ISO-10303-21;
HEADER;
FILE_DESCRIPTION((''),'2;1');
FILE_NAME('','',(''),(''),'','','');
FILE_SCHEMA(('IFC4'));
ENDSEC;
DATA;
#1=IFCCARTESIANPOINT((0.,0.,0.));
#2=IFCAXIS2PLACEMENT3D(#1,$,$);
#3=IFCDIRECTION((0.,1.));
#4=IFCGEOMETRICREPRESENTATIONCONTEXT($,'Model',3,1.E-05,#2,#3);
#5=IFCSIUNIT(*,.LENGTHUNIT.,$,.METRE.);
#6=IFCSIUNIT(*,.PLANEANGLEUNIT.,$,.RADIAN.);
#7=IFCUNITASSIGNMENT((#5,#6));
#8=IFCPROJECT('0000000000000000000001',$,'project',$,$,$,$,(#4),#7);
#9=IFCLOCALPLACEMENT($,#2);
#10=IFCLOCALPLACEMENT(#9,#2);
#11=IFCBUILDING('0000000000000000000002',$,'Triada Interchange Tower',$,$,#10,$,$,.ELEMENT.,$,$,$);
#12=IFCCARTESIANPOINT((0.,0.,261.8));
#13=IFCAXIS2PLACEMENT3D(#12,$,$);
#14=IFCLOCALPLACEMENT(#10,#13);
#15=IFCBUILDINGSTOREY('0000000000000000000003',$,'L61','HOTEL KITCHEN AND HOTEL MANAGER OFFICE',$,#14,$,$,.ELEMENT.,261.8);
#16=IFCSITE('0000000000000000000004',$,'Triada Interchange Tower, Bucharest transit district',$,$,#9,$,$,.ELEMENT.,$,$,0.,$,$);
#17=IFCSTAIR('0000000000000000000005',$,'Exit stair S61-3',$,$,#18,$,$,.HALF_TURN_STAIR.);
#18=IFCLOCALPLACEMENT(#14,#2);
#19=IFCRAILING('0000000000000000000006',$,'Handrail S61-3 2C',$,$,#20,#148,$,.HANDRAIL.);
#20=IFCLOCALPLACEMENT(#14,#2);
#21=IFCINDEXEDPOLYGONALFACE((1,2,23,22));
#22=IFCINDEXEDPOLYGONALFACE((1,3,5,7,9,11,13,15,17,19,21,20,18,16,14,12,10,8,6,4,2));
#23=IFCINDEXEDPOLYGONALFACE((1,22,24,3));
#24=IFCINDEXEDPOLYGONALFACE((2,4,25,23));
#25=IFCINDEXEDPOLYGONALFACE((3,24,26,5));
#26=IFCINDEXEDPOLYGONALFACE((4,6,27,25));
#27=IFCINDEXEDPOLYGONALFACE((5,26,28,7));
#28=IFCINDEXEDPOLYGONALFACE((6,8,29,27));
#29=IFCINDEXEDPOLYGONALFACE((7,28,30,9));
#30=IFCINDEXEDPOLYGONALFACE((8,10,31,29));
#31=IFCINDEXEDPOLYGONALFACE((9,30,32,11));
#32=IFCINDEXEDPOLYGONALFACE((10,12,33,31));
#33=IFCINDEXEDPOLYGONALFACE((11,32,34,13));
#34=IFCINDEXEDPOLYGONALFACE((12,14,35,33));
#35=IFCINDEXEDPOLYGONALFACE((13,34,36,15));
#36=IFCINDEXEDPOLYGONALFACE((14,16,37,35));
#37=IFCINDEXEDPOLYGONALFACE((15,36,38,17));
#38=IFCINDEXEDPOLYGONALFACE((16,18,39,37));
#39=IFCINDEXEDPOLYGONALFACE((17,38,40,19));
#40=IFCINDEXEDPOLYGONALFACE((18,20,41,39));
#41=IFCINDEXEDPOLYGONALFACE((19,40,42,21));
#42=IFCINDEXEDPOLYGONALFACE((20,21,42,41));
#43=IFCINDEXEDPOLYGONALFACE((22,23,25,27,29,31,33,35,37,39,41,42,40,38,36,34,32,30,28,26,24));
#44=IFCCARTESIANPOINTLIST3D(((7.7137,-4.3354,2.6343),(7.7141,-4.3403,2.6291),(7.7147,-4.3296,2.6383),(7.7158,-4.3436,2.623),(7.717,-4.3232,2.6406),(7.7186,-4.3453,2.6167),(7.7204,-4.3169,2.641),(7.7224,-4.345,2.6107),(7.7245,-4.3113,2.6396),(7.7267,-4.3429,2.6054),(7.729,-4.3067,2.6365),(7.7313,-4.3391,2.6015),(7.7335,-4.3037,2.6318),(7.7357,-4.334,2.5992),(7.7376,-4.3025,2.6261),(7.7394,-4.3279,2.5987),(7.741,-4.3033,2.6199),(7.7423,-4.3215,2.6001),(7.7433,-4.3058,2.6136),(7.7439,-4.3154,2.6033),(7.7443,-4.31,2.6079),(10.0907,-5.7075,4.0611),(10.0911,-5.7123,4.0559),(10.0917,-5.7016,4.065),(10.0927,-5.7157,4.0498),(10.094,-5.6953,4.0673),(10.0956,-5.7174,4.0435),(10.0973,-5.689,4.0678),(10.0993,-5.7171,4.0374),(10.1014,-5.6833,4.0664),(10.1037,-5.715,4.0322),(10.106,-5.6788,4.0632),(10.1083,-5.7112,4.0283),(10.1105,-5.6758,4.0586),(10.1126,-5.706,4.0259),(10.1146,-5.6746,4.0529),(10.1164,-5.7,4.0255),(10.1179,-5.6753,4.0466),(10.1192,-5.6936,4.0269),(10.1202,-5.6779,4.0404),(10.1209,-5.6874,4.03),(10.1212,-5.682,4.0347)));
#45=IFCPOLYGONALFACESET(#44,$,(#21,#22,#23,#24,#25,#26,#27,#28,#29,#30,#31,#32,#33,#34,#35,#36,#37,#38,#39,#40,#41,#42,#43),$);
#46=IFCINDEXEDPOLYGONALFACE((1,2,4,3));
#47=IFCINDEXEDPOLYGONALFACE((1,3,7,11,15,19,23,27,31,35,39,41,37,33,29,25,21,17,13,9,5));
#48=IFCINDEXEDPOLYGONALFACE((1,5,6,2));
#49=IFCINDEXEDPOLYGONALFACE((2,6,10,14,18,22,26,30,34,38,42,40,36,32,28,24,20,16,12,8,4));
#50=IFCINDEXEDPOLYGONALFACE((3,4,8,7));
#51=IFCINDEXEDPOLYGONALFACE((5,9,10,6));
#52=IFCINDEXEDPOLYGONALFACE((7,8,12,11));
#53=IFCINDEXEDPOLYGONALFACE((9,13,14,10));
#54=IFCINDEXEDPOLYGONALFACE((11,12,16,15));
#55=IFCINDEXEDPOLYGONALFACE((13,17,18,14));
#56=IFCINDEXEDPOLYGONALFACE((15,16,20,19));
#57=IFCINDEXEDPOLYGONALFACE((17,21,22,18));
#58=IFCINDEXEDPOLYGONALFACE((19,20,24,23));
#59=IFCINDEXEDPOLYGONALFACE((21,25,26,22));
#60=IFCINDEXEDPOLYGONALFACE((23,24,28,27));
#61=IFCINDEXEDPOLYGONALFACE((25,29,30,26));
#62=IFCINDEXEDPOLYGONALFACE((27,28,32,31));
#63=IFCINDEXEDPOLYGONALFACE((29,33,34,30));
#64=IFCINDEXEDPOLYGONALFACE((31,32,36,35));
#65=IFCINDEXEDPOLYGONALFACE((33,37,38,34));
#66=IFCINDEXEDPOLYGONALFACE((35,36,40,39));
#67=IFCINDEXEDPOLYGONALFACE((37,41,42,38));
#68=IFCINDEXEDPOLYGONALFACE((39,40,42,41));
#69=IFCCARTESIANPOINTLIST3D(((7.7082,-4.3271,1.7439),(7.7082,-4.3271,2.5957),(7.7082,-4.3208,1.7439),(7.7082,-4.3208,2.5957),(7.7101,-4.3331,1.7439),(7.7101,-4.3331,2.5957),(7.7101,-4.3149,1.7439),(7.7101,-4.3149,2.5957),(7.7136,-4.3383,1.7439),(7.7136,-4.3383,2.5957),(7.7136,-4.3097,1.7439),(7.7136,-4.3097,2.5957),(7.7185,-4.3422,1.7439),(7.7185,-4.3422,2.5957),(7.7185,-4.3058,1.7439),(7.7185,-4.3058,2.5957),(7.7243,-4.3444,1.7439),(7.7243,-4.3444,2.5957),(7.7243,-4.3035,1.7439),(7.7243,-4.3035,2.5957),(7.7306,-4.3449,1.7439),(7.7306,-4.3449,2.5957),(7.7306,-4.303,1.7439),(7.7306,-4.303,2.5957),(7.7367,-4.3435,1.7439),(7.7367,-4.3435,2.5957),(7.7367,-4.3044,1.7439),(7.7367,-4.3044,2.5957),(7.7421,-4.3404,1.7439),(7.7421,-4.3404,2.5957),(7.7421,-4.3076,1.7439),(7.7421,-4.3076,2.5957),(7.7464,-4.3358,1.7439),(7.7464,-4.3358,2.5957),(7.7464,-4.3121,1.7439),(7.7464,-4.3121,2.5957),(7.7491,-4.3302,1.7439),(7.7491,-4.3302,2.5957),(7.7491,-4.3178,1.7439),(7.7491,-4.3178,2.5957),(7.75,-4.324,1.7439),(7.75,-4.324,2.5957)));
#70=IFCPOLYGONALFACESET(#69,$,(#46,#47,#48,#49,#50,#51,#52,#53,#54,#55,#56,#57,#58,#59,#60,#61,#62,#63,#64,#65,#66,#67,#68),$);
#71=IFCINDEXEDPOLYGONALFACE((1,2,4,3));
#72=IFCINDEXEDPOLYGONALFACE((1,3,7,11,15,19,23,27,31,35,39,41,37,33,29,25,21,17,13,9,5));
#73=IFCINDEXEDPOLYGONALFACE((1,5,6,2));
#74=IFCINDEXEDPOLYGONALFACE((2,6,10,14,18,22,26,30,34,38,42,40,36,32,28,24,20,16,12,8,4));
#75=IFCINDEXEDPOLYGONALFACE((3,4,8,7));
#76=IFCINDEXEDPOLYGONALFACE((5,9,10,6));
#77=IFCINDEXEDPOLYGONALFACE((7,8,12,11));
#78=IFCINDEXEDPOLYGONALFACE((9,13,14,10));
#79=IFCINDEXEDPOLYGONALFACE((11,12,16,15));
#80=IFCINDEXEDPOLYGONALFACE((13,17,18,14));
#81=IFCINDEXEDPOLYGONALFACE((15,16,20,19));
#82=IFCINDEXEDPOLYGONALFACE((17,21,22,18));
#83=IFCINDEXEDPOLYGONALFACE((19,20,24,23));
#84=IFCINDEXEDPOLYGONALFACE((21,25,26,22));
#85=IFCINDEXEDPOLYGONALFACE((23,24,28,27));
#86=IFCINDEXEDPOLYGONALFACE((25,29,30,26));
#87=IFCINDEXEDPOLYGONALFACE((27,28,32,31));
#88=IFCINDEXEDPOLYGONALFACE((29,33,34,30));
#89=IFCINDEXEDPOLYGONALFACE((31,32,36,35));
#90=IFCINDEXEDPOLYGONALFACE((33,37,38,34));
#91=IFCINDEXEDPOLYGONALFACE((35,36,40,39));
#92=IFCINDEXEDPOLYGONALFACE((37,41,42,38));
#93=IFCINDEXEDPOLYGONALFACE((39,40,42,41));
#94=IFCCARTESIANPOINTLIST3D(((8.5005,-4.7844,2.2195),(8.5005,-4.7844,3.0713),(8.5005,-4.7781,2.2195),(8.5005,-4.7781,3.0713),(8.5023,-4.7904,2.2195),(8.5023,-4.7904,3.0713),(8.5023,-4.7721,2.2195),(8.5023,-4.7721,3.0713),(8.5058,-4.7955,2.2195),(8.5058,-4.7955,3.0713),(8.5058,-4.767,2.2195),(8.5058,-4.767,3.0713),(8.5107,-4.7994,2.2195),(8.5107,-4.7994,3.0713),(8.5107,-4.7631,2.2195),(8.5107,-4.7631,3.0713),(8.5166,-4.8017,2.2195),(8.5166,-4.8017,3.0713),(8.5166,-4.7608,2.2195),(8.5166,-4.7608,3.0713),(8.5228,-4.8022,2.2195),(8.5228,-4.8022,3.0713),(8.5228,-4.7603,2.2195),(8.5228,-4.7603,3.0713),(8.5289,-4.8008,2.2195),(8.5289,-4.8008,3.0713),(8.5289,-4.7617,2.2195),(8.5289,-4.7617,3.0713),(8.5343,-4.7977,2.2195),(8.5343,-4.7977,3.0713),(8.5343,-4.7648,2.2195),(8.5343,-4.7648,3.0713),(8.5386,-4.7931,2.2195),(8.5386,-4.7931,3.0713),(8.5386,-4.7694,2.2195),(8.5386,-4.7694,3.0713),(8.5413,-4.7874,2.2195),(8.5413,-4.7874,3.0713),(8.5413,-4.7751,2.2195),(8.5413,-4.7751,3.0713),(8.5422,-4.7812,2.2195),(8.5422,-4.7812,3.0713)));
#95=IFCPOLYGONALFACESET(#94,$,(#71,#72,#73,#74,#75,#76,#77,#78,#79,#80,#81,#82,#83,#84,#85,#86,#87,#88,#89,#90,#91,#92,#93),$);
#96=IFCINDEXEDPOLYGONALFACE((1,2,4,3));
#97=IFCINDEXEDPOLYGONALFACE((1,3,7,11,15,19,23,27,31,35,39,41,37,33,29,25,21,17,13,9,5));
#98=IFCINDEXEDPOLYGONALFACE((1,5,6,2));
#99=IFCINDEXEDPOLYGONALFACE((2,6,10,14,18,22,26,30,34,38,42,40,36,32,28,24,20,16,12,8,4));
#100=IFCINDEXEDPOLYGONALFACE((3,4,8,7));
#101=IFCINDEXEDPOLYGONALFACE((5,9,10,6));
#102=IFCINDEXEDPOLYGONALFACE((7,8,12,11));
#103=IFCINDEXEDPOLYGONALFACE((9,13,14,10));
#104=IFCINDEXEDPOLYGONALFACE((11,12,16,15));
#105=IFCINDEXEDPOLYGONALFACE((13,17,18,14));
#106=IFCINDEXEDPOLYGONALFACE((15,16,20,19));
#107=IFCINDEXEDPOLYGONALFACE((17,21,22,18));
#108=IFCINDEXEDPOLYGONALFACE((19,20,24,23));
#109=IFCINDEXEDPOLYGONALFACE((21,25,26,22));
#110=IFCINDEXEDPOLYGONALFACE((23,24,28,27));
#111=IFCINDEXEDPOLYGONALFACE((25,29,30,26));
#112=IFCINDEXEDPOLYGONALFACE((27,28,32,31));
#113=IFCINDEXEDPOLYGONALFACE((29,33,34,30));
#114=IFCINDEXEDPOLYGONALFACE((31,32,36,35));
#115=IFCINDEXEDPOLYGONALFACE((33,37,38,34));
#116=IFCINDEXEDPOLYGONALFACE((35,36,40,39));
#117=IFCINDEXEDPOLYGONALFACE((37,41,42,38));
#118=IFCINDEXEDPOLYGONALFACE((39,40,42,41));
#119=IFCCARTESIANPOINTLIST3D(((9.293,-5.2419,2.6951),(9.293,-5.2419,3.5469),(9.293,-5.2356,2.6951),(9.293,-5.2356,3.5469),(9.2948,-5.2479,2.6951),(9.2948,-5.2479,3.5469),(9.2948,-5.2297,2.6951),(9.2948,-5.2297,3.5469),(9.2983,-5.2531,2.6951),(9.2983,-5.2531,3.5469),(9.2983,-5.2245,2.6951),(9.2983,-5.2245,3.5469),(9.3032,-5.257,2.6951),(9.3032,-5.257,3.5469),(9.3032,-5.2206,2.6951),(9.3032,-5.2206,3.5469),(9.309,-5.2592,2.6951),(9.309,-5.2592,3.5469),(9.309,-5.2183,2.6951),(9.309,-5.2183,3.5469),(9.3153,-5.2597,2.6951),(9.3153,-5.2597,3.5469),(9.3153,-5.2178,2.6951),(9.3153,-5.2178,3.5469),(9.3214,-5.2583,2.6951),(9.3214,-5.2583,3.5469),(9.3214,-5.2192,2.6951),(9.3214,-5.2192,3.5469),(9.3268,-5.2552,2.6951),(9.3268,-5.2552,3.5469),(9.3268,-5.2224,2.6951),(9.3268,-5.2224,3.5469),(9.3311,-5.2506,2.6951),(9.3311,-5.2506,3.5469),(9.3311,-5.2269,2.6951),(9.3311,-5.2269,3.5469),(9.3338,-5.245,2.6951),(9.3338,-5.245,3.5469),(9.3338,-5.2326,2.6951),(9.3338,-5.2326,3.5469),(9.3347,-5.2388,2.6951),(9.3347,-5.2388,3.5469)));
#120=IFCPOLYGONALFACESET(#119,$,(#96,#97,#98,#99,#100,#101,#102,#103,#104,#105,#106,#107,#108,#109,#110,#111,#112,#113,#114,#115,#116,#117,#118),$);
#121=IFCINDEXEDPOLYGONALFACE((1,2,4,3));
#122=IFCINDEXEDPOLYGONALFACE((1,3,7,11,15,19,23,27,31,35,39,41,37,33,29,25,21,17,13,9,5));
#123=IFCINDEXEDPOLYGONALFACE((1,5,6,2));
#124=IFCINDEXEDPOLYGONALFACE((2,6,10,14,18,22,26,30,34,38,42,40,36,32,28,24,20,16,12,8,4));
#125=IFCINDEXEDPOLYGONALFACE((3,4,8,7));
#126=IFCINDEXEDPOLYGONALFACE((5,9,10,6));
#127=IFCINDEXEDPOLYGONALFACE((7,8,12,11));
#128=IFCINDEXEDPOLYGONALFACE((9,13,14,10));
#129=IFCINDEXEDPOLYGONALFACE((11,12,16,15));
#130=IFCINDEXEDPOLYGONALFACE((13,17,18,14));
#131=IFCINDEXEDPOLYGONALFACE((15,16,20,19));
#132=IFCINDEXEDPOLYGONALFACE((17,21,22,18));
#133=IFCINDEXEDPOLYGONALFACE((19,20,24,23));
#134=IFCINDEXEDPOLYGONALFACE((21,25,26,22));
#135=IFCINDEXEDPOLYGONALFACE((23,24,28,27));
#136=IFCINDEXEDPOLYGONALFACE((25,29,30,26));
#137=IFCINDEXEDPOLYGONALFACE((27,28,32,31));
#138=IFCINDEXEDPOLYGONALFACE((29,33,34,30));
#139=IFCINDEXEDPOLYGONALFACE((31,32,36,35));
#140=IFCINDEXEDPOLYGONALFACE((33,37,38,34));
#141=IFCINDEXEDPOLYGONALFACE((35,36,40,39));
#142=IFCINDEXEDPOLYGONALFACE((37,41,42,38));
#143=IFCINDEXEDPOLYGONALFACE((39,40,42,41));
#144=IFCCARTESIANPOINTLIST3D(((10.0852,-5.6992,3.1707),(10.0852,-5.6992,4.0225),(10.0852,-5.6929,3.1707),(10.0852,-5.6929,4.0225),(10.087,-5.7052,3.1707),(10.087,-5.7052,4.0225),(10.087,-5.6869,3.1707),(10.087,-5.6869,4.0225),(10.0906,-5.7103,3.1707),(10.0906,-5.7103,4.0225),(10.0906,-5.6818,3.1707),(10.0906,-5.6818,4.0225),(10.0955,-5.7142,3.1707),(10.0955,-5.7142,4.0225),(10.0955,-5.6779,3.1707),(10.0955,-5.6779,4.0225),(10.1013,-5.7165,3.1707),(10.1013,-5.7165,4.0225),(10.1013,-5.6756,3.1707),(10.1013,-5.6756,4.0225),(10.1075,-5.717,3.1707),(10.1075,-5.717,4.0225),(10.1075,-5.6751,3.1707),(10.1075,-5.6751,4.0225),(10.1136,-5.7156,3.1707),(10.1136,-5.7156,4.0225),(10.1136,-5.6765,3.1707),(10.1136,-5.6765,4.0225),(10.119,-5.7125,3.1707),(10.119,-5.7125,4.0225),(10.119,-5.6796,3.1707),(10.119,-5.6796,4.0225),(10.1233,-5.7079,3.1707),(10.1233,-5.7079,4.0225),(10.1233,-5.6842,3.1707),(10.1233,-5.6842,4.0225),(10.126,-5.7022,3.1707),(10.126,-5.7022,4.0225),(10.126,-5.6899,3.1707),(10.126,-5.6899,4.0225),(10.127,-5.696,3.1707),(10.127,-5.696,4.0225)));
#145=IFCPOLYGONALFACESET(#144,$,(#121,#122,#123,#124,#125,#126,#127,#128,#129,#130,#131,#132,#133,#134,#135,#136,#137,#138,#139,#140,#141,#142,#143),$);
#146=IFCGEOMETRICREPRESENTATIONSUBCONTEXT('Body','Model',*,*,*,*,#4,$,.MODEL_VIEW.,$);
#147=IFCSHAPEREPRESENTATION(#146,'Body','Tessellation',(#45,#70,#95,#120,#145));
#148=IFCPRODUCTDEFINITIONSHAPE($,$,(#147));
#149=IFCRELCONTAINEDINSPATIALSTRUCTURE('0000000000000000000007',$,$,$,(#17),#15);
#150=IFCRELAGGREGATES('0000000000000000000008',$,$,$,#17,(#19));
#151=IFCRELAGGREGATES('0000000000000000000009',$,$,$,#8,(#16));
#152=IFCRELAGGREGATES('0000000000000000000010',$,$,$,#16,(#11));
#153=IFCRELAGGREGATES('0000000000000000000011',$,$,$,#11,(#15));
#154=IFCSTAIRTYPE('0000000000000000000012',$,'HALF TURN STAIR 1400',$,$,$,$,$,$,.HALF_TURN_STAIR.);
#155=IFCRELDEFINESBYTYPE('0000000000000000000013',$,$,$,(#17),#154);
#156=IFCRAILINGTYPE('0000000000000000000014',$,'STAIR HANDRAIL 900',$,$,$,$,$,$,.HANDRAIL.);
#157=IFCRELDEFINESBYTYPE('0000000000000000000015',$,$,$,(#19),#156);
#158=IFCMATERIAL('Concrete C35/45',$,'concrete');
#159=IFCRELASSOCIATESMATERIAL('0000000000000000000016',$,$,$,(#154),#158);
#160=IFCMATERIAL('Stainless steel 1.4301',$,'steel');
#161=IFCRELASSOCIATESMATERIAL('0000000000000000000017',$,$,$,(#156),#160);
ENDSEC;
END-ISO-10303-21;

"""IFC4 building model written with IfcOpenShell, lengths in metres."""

from ifc_helpers import new_model, si_unit, direction, frame, origin, origin_2d, place, context, subcontext, project, spatial, circle, extrude, material, type_object, element, aggregate, save


model = new_model("IFC4")

# Units and contexts
model_context = context("Model", 3, precision=1e-05, world=origin(), true_north=direction((0.0, 1.0)))
body_context = subcontext(model_context, "Body", "Model", "MODEL_VIEW")
ifc_project = project(units=[si_unit("LENGTHUNIT", "METRE"), si_unit("PLANEANGLEUNIT", "RADIAN")], contexts=[model_context])

# Site, building, storey
site_placement = place(None, origin())
site = spatial("IfcSite", under=ifc_project, at=site_placement, Name="Triada Interchange Tower, Bucharest transit district", CompositionType="ELEMENT", RefElevation=0.0)
building_placement = place(site_placement, origin())
building = spatial("IfcBuilding", under=site, at=building_placement, Name="Triada Interchange Tower", CompositionType="ELEMENT")
storey_placement = place(building_placement, frame((0.0, 0.0, 261.8)))
storey = spatial("IfcBuildingStorey", under=building, at=storey_placement, Name="L61", Description="HOTEL KITCHEN AND HOTEL MANAGER OFFICE", CompositionType="ELEMENT", Elevation=261.8)

# Stair, railing
ifc_material_1 = material(Name="Concrete C35/45", Category="concrete")
stair_type = type_object("IfcStairType", Name="HALF TURN STAIR 1400", PredefinedType="HALF_TURN_STAIR", material=ifc_material_1)
stair_placement = place(storey_placement, origin())
stair = element("IfcStair", 1, at=stair_placement, inside=storey, type_object=stair_type, Name="Exit stair S61-3", PredefinedType="HALF_TURN_STAIR")
ifc_material_2 = material(Name="Stainless steel 1.4301", Category="steel")
railing_type = type_object("IfcRailingType", Name="STAIR HANDRAIL 900", PredefinedType="HANDRAIL", material=ifc_material_2)
railing_1_placement = place(storey_placement, frame((7.729, -4.324, 1.7439)))
railing_1 = element("IfcRailing", 2, at=railing_1_placement, type_object=railing_type, Name="Handrail S61-3 2C", PredefinedType="HANDRAIL", context=body_context, shape_type="SweptSolid", body=[
    extrude(circle(Radius=0.0239, at=origin_2d()), frame((0.0, 0.0, 0.876), z_axis=(0.768435, -0.443571, 0.461251), x_axis=(0.499928, 0.866067, 0.0)), (0.0, 0.0, 1.0), 3.0933),
    extrude(circle(Radius=0.021, at=origin_2d()), origin(), (0.0, 0.0, 1.0), 0.8518),
    extrude(circle(Radius=0.021, at=origin_2d()), frame((0.7922, -0.4573, 0.4756)), (0.0, 0.0, 1.0), 0.8518),
    extrude(circle(Radius=0.021, at=origin_2d()), frame((1.5847, -0.9148, 0.9512)), (0.0, 0.0, 1.0), 0.8518),
    extrude(circle(Radius=0.021, at=origin_2d()), frame((2.377, -1.3721, 1.4268)), (0.0, 0.0, 1.0), 0.8518),
])
aggregate(stair, [railing_1])

save(model, "model.ifc")
